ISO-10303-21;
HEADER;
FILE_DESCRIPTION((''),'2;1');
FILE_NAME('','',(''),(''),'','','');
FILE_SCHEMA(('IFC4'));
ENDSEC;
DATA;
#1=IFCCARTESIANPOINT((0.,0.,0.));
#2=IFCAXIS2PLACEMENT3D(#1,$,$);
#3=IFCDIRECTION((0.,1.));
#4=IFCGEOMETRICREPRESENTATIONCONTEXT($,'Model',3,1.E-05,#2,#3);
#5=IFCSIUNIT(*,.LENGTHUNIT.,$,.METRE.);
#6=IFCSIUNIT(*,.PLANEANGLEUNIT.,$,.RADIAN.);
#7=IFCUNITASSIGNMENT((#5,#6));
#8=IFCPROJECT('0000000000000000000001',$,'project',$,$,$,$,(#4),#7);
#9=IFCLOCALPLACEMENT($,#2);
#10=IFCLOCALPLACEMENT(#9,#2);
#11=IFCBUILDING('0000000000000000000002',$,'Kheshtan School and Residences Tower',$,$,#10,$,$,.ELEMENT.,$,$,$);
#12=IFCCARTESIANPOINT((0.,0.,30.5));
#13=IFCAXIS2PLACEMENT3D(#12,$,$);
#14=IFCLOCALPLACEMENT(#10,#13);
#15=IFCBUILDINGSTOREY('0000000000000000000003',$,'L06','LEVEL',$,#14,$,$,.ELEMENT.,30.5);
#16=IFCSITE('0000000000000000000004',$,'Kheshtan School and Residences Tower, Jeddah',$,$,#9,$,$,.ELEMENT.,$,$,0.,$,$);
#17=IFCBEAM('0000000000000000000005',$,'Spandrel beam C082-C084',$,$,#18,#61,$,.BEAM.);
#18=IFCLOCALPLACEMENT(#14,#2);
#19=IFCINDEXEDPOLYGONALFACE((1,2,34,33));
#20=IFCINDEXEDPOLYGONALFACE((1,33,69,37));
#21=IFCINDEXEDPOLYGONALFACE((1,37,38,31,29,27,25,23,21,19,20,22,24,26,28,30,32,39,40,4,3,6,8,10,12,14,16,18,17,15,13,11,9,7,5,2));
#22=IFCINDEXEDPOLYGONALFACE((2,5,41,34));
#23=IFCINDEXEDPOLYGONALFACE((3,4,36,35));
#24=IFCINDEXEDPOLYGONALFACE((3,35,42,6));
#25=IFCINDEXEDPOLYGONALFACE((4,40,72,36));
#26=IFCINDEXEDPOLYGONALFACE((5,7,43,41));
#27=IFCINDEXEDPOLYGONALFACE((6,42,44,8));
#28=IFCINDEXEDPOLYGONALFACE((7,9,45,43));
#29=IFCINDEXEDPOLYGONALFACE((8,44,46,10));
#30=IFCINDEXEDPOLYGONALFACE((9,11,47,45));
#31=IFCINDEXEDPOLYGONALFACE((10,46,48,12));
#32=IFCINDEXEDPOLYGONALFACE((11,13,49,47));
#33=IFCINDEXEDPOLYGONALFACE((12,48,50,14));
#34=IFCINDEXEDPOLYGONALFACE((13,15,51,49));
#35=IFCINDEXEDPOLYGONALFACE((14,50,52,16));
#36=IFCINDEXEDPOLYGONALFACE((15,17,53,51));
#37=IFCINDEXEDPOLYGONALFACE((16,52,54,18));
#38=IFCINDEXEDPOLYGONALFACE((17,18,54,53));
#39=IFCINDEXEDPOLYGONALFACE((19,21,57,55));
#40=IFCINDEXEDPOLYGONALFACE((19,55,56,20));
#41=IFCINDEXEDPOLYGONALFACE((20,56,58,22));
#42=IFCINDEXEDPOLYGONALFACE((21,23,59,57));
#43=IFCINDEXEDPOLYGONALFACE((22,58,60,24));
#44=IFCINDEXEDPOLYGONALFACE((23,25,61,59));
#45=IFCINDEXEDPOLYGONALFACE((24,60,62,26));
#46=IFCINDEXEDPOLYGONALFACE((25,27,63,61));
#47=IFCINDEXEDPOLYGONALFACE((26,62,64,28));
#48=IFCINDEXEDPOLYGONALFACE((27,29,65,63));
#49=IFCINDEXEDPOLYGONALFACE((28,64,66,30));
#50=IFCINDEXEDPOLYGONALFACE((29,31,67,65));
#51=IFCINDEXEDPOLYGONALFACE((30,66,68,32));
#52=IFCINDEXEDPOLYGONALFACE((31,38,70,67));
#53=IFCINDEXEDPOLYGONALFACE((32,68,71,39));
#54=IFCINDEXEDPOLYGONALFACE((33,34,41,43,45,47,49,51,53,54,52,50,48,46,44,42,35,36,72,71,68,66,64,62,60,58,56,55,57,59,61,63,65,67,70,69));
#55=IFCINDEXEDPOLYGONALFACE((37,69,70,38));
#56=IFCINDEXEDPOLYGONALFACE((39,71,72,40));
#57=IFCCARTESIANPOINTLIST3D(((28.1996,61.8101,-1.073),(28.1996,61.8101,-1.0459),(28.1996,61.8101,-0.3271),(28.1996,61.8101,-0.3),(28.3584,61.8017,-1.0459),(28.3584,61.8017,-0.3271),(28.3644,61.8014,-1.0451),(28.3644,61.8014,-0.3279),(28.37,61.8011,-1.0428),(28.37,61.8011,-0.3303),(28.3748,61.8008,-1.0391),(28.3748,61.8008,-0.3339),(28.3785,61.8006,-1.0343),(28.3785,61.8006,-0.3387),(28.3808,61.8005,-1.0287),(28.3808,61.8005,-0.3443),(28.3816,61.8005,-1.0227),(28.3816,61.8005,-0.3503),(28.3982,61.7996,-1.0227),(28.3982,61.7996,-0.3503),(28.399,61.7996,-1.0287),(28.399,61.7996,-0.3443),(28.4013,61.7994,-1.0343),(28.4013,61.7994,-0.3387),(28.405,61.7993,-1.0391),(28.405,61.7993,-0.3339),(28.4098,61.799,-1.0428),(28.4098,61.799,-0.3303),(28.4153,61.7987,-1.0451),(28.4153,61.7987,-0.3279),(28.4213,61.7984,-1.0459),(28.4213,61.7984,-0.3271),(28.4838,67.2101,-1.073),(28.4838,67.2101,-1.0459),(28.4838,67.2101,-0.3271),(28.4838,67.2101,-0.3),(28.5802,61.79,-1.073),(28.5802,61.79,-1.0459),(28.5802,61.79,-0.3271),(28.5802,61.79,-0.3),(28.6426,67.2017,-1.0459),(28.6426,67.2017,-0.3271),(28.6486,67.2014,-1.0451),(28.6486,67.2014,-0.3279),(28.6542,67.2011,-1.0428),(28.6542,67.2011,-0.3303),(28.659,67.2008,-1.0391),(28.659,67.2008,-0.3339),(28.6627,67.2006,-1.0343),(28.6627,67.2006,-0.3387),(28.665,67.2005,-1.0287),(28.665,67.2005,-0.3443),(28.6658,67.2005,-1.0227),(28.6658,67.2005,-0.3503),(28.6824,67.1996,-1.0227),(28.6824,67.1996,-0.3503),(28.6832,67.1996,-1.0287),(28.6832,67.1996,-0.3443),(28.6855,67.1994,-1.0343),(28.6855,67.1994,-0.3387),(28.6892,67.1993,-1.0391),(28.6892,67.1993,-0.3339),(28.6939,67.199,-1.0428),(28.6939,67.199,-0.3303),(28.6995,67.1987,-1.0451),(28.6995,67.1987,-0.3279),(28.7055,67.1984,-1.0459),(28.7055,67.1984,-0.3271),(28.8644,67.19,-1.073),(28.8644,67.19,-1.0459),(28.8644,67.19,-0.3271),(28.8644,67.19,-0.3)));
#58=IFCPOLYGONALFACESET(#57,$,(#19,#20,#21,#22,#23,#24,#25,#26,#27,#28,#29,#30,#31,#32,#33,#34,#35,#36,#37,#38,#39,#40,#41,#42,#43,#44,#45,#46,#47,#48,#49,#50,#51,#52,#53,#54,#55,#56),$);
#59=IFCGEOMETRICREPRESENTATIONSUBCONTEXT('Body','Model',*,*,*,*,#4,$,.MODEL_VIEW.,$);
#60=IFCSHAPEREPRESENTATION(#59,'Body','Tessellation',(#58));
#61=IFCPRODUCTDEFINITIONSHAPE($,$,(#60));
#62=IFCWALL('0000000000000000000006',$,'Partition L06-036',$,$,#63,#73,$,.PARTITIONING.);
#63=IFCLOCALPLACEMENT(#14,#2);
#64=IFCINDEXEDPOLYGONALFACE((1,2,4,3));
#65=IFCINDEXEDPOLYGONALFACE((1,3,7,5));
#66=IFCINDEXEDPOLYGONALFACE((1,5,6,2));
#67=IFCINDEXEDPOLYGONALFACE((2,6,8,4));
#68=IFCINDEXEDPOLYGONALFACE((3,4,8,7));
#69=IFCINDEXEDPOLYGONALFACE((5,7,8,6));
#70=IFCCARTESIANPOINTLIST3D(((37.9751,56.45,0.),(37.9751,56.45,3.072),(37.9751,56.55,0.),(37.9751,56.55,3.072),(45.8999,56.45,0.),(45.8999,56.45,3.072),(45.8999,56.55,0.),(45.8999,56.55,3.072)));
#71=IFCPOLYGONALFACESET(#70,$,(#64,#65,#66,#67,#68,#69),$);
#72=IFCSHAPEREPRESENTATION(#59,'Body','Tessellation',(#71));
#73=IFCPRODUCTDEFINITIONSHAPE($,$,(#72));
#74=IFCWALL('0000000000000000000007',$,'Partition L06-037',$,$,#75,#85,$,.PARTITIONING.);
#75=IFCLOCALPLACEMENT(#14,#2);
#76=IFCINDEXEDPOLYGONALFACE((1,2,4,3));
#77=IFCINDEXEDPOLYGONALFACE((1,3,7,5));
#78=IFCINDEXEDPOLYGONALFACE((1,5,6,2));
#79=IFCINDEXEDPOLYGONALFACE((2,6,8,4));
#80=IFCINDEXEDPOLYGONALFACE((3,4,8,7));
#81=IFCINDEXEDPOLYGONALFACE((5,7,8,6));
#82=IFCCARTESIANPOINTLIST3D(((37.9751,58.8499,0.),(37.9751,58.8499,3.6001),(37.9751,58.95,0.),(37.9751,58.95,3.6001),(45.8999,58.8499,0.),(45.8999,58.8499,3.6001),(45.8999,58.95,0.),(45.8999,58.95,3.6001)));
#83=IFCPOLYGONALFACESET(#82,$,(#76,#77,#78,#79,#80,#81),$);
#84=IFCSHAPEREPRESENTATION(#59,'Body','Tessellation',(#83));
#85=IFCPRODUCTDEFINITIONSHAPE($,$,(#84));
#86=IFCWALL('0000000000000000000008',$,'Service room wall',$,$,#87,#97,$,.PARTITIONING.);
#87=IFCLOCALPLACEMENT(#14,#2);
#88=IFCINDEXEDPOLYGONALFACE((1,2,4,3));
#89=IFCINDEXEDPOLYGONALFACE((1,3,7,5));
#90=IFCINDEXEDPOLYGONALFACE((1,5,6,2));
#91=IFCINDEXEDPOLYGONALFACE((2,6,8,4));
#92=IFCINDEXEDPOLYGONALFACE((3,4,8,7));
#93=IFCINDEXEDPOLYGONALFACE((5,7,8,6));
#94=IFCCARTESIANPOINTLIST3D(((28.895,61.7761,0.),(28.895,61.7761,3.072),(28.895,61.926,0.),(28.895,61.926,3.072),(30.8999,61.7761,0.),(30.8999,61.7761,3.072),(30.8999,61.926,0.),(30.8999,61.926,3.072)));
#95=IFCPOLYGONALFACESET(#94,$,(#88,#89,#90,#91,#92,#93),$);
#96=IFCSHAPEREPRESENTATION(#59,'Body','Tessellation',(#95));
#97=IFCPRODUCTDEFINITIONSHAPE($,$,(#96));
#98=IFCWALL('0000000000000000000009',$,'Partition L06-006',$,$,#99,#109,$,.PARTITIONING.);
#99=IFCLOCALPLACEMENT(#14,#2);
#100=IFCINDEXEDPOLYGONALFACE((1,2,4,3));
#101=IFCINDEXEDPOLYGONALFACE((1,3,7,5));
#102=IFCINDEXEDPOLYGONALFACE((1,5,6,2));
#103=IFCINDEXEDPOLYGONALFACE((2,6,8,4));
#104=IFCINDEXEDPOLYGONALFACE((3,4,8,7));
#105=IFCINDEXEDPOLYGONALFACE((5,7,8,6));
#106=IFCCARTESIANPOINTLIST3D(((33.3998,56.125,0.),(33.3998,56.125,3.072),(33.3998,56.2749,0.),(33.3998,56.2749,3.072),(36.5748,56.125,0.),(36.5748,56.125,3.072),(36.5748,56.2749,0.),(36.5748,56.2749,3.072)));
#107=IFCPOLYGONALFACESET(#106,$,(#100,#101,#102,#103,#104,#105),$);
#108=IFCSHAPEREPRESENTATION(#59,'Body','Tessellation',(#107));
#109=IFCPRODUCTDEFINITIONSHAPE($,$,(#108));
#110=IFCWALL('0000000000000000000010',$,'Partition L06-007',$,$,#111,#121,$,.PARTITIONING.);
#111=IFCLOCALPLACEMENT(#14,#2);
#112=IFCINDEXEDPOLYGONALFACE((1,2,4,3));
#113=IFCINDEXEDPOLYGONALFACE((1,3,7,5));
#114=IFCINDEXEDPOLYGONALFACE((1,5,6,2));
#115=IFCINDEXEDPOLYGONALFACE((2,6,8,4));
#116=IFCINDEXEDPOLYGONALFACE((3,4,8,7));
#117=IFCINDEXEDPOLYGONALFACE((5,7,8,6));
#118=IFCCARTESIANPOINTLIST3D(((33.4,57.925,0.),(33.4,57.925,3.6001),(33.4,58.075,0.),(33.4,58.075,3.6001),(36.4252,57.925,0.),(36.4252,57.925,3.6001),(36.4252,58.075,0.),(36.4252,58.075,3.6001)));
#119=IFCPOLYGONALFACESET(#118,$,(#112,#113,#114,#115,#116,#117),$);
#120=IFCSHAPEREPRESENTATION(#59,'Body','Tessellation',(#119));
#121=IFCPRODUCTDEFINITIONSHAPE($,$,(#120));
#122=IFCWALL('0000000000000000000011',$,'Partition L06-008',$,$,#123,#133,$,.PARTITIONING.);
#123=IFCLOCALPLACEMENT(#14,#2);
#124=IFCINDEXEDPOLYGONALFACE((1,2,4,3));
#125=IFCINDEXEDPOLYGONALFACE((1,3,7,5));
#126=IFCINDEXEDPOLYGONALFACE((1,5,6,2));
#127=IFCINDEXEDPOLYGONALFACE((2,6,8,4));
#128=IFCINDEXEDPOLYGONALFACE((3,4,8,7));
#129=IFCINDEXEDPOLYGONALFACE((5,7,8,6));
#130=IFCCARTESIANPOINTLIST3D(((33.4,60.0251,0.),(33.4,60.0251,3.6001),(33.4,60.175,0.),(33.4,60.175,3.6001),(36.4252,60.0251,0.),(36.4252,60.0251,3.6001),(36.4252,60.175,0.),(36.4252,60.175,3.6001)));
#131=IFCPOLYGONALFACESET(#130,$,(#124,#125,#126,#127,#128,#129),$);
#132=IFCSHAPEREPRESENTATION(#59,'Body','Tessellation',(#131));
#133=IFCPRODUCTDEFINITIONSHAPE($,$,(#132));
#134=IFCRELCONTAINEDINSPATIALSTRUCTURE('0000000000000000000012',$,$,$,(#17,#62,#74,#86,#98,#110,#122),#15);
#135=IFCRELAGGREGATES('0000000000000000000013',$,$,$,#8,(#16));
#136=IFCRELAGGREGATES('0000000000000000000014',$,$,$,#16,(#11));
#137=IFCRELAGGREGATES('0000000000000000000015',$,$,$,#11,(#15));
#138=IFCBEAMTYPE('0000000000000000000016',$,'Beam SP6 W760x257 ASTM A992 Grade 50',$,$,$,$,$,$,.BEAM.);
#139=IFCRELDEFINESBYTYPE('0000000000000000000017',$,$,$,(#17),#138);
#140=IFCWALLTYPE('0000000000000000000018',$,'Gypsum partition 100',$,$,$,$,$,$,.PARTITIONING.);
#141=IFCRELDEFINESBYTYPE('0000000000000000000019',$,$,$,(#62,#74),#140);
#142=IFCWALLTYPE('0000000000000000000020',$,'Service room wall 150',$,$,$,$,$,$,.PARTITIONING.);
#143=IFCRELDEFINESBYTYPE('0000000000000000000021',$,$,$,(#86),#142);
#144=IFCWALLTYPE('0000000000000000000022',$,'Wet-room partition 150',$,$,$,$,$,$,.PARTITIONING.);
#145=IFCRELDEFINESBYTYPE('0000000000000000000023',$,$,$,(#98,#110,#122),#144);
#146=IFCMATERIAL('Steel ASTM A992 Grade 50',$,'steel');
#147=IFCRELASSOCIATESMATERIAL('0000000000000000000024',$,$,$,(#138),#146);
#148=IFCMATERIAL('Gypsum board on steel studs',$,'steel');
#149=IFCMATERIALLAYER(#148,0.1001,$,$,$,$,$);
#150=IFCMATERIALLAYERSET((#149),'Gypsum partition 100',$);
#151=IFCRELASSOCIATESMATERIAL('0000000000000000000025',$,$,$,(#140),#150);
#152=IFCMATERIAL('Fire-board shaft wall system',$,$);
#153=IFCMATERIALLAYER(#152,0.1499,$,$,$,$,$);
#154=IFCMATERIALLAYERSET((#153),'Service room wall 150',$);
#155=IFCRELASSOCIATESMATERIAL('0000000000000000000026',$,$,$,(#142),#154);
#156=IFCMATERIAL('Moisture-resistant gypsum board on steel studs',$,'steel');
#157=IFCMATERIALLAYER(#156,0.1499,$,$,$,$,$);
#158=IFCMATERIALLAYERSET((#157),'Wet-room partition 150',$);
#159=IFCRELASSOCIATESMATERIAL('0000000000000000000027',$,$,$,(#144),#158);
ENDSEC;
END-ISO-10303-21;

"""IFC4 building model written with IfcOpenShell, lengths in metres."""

from ifc_helpers import new_model, si_unit, direction, frame, frame_2d, origin, origin_2d, place, context, subcontext, project, spatial, rectangle, i_section, extrude, material, layer, layer_set, material_profile, profile_set, type_object, element, save


model = new_model("IFC4")

# Units and contexts
model_context = context("Model", 3, precision=1e-05, world=origin(), true_north=direction((0.0, 1.0)))
body_context = subcontext(model_context, "Body", "Model", "MODEL_VIEW")
ifc_project = project(units=[si_unit("LENGTHUNIT", "METRE"), si_unit("PLANEANGLEUNIT", "RADIAN")], contexts=[model_context])

# Site, building, storey
site_placement = place(None, origin())
site = spatial("IfcSite", under=ifc_project, at=site_placement, Name="Kheshtan School and Residences Tower, Jeddah", CompositionType="ELEMENT", RefElevation=0.0)
building_placement = place(site_placement, origin())
building = spatial("IfcBuilding", under=site, at=building_placement, Name="Kheshtan School and Residences Tower", CompositionType="ELEMENT")
storey_placement = place(building_placement, frame((0.0, 0.0, 30.5)))
storey = spatial("IfcBuildingStorey", under=building, at=storey_placement, Name="L06", Description="LEVEL", CompositionType="ELEMENT", Elevation=30.5)

# Shared definitions
ifc_material_1 = material(Name="Steel ASTM A992 Grade 50", Category="steel")

# Beam
ifc_material_profile_1 = material_profile(ifc_material_1, i_section(OverallWidth=0.3811, OverallDepth=0.7729, WebThickness=0.0166, FlangeThickness=0.0271, FilletRadius=0.0232, at=origin_2d()), Name="W760x257")
ifc_profile_set_1 = profile_set([ifc_material_profile_1], Name="Steel ASTM A992 Grade 50")
beam_type_1 = type_object("IfcBeamType", Name="Beam SP6 W760x257 ASTM A992 Grade 50", PredefinedType="BEAM", material=ifc_profile_set_1)
beam_1_placement = place(storey_placement, frame((28.3899, 61.8, -0.6865), z_axis=(0.052554, 0.998618, 0.0), x_axis=(-0.998618, 0.052554, 0.0)))
element("IfcBeam", 1, at=beam_1_placement, inside=storey, type_object=beam_type_1, Name="Spandrel beam C082-C084", PredefinedType="BEAM", context=body_context, shape_type="SweptSolid", body=[
    extrude(i_section(OverallWidth=0.3811, OverallDepth=0.7729, WebThickness=0.0166, FlangeThickness=0.0271, FilletRadius=0.0232, at=origin_2d()), origin(), (0.0, 0.0, 1.0), 5.4075),
])

# Walls
ifc_material_2 = material(Name="Gypsum board on steel studs", Category="steel")
ifc_layer_1 = layer(ifc_material_2, 0.1001)
ifc_layer_set_1 = layer_set([ifc_layer_1], Name="Gypsum partition 100")
wall_type_1 = type_object("IfcWallType", Name="Gypsum partition 100", PredefinedType="PARTITIONING", material=ifc_layer_set_1)
wall_1_placement = place(storey_placement, frame((37.9751, 56.5, 0.0), z_axis=(0.0, 0.0, 1.0), x_axis=(1.0, 0.0, 0.0)))
element("IfcWall", 2, at=wall_1_placement, inside=storey, type_object=wall_type_1, Name="Partition L06-036", PredefinedType="PARTITIONING", context=body_context, shape_type="SweptSolid", body=[
    extrude(rectangle(XDim=7.9248, YDim=0.1001, at=frame_2d((3.9624, 0.0))), origin(), (0.0, 0.0, 1.0), 3.072),
])
wall_2_placement = place(storey_placement, frame((37.9751, 58.8999, 0.0), z_axis=(0.0, 0.0, 1.0), x_axis=(1.0, 0.0, 0.0)))
element("IfcWall", 3, at=wall_2_placement, inside=storey, type_object=wall_type_1, Name="Partition L06-037", PredefinedType="PARTITIONING", context=body_context, shape_type="SweptSolid", body=[
    extrude(rectangle(XDim=7.9248, YDim=0.1001, at=frame_2d((3.9624, 0.0))), origin(), (0.0, 0.0, 1.0), 3.6001),
])
ifc_material_3 = material(Name="Fire-board shaft wall system")
ifc_layer_2 = layer(ifc_material_3, 0.1499)
ifc_layer_set_2 = layer_set([ifc_layer_2], Name="Service room wall 150")
wall_type_2 = type_object("IfcWallType", Name="Service room wall 150", PredefinedType="PARTITIONING", material=ifc_layer_set_2)
wall_3_placement = place(storey_placement, frame((28.895, 61.8511, 0.0), z_axis=(0.0, 0.0, 1.0), x_axis=(1.0, 0.0, 0.0)))
element("IfcWall", 4, at=wall_3_placement, inside=storey, type_object=wall_type_2, Name="Service room wall", PredefinedType="PARTITIONING", context=body_context, shape_type="SweptSolid", body=[
    extrude(rectangle(XDim=2.0049, YDim=0.1499, at=frame_2d((1.0024, 0.0))), origin(), (0.0, 0.0, 1.0), 3.072),
])
ifc_material_4 = material(Name="Moisture-resistant gypsum board on steel studs", Category="steel")
ifc_layer_3 = layer(ifc_material_4, 0.1499)
ifc_layer_set_3 = layer_set([ifc_layer_3], Name="Wet-room partition 150")
wall_type_3 = type_object("IfcWallType", Name="Wet-room partition 150", PredefinedType="PARTITIONING", material=ifc_layer_set_3)
wall_4_placement = place(storey_placement, frame((33.3999, 56.2, 0.0), z_axis=(0.0, 0.0, 1.0), x_axis=(1.0, 0.0, 0.0)))
element("IfcWall", 5, at=wall_4_placement, inside=storey, type_object=wall_type_3, Name="Partition L06-006", PredefinedType="PARTITIONING", context=body_context, shape_type="SweptSolid", body=[
    extrude(rectangle(XDim=3.175, YDim=0.1499, at=frame_2d((1.5874, 0.0))), origin(), (0.0, 0.0, 1.0), 3.072),
])
for number, where, z_axis, x_axis, name in (
    (6, (33.3999, 58.0, 0.0), (0.0, 0.0, 1.0), (1.0, 0.0, 0.0), "Partition L06-007"),
    (7, (33.3999, 60.1001, 0.0), (0.0, 0.0, 1.0), (1.0, 0.0, 0.0), "Partition L06-008"),
):
    element("IfcWall", number, at=place(storey_placement, frame(where, z_axis=z_axis, x_axis=x_axis)), inside=storey, type_object=wall_type_3, Name=name, PredefinedType="PARTITIONING", context=body_context, shape_type="SweptSolid", body=[
        extrude(rectangle(XDim=3.0251, YDim=0.1499, at=frame_2d((1.5127, 0.0))), origin(), (0.0, 0.0, 1.0), 3.6001),
    ])

save(model, "model.ifc")
